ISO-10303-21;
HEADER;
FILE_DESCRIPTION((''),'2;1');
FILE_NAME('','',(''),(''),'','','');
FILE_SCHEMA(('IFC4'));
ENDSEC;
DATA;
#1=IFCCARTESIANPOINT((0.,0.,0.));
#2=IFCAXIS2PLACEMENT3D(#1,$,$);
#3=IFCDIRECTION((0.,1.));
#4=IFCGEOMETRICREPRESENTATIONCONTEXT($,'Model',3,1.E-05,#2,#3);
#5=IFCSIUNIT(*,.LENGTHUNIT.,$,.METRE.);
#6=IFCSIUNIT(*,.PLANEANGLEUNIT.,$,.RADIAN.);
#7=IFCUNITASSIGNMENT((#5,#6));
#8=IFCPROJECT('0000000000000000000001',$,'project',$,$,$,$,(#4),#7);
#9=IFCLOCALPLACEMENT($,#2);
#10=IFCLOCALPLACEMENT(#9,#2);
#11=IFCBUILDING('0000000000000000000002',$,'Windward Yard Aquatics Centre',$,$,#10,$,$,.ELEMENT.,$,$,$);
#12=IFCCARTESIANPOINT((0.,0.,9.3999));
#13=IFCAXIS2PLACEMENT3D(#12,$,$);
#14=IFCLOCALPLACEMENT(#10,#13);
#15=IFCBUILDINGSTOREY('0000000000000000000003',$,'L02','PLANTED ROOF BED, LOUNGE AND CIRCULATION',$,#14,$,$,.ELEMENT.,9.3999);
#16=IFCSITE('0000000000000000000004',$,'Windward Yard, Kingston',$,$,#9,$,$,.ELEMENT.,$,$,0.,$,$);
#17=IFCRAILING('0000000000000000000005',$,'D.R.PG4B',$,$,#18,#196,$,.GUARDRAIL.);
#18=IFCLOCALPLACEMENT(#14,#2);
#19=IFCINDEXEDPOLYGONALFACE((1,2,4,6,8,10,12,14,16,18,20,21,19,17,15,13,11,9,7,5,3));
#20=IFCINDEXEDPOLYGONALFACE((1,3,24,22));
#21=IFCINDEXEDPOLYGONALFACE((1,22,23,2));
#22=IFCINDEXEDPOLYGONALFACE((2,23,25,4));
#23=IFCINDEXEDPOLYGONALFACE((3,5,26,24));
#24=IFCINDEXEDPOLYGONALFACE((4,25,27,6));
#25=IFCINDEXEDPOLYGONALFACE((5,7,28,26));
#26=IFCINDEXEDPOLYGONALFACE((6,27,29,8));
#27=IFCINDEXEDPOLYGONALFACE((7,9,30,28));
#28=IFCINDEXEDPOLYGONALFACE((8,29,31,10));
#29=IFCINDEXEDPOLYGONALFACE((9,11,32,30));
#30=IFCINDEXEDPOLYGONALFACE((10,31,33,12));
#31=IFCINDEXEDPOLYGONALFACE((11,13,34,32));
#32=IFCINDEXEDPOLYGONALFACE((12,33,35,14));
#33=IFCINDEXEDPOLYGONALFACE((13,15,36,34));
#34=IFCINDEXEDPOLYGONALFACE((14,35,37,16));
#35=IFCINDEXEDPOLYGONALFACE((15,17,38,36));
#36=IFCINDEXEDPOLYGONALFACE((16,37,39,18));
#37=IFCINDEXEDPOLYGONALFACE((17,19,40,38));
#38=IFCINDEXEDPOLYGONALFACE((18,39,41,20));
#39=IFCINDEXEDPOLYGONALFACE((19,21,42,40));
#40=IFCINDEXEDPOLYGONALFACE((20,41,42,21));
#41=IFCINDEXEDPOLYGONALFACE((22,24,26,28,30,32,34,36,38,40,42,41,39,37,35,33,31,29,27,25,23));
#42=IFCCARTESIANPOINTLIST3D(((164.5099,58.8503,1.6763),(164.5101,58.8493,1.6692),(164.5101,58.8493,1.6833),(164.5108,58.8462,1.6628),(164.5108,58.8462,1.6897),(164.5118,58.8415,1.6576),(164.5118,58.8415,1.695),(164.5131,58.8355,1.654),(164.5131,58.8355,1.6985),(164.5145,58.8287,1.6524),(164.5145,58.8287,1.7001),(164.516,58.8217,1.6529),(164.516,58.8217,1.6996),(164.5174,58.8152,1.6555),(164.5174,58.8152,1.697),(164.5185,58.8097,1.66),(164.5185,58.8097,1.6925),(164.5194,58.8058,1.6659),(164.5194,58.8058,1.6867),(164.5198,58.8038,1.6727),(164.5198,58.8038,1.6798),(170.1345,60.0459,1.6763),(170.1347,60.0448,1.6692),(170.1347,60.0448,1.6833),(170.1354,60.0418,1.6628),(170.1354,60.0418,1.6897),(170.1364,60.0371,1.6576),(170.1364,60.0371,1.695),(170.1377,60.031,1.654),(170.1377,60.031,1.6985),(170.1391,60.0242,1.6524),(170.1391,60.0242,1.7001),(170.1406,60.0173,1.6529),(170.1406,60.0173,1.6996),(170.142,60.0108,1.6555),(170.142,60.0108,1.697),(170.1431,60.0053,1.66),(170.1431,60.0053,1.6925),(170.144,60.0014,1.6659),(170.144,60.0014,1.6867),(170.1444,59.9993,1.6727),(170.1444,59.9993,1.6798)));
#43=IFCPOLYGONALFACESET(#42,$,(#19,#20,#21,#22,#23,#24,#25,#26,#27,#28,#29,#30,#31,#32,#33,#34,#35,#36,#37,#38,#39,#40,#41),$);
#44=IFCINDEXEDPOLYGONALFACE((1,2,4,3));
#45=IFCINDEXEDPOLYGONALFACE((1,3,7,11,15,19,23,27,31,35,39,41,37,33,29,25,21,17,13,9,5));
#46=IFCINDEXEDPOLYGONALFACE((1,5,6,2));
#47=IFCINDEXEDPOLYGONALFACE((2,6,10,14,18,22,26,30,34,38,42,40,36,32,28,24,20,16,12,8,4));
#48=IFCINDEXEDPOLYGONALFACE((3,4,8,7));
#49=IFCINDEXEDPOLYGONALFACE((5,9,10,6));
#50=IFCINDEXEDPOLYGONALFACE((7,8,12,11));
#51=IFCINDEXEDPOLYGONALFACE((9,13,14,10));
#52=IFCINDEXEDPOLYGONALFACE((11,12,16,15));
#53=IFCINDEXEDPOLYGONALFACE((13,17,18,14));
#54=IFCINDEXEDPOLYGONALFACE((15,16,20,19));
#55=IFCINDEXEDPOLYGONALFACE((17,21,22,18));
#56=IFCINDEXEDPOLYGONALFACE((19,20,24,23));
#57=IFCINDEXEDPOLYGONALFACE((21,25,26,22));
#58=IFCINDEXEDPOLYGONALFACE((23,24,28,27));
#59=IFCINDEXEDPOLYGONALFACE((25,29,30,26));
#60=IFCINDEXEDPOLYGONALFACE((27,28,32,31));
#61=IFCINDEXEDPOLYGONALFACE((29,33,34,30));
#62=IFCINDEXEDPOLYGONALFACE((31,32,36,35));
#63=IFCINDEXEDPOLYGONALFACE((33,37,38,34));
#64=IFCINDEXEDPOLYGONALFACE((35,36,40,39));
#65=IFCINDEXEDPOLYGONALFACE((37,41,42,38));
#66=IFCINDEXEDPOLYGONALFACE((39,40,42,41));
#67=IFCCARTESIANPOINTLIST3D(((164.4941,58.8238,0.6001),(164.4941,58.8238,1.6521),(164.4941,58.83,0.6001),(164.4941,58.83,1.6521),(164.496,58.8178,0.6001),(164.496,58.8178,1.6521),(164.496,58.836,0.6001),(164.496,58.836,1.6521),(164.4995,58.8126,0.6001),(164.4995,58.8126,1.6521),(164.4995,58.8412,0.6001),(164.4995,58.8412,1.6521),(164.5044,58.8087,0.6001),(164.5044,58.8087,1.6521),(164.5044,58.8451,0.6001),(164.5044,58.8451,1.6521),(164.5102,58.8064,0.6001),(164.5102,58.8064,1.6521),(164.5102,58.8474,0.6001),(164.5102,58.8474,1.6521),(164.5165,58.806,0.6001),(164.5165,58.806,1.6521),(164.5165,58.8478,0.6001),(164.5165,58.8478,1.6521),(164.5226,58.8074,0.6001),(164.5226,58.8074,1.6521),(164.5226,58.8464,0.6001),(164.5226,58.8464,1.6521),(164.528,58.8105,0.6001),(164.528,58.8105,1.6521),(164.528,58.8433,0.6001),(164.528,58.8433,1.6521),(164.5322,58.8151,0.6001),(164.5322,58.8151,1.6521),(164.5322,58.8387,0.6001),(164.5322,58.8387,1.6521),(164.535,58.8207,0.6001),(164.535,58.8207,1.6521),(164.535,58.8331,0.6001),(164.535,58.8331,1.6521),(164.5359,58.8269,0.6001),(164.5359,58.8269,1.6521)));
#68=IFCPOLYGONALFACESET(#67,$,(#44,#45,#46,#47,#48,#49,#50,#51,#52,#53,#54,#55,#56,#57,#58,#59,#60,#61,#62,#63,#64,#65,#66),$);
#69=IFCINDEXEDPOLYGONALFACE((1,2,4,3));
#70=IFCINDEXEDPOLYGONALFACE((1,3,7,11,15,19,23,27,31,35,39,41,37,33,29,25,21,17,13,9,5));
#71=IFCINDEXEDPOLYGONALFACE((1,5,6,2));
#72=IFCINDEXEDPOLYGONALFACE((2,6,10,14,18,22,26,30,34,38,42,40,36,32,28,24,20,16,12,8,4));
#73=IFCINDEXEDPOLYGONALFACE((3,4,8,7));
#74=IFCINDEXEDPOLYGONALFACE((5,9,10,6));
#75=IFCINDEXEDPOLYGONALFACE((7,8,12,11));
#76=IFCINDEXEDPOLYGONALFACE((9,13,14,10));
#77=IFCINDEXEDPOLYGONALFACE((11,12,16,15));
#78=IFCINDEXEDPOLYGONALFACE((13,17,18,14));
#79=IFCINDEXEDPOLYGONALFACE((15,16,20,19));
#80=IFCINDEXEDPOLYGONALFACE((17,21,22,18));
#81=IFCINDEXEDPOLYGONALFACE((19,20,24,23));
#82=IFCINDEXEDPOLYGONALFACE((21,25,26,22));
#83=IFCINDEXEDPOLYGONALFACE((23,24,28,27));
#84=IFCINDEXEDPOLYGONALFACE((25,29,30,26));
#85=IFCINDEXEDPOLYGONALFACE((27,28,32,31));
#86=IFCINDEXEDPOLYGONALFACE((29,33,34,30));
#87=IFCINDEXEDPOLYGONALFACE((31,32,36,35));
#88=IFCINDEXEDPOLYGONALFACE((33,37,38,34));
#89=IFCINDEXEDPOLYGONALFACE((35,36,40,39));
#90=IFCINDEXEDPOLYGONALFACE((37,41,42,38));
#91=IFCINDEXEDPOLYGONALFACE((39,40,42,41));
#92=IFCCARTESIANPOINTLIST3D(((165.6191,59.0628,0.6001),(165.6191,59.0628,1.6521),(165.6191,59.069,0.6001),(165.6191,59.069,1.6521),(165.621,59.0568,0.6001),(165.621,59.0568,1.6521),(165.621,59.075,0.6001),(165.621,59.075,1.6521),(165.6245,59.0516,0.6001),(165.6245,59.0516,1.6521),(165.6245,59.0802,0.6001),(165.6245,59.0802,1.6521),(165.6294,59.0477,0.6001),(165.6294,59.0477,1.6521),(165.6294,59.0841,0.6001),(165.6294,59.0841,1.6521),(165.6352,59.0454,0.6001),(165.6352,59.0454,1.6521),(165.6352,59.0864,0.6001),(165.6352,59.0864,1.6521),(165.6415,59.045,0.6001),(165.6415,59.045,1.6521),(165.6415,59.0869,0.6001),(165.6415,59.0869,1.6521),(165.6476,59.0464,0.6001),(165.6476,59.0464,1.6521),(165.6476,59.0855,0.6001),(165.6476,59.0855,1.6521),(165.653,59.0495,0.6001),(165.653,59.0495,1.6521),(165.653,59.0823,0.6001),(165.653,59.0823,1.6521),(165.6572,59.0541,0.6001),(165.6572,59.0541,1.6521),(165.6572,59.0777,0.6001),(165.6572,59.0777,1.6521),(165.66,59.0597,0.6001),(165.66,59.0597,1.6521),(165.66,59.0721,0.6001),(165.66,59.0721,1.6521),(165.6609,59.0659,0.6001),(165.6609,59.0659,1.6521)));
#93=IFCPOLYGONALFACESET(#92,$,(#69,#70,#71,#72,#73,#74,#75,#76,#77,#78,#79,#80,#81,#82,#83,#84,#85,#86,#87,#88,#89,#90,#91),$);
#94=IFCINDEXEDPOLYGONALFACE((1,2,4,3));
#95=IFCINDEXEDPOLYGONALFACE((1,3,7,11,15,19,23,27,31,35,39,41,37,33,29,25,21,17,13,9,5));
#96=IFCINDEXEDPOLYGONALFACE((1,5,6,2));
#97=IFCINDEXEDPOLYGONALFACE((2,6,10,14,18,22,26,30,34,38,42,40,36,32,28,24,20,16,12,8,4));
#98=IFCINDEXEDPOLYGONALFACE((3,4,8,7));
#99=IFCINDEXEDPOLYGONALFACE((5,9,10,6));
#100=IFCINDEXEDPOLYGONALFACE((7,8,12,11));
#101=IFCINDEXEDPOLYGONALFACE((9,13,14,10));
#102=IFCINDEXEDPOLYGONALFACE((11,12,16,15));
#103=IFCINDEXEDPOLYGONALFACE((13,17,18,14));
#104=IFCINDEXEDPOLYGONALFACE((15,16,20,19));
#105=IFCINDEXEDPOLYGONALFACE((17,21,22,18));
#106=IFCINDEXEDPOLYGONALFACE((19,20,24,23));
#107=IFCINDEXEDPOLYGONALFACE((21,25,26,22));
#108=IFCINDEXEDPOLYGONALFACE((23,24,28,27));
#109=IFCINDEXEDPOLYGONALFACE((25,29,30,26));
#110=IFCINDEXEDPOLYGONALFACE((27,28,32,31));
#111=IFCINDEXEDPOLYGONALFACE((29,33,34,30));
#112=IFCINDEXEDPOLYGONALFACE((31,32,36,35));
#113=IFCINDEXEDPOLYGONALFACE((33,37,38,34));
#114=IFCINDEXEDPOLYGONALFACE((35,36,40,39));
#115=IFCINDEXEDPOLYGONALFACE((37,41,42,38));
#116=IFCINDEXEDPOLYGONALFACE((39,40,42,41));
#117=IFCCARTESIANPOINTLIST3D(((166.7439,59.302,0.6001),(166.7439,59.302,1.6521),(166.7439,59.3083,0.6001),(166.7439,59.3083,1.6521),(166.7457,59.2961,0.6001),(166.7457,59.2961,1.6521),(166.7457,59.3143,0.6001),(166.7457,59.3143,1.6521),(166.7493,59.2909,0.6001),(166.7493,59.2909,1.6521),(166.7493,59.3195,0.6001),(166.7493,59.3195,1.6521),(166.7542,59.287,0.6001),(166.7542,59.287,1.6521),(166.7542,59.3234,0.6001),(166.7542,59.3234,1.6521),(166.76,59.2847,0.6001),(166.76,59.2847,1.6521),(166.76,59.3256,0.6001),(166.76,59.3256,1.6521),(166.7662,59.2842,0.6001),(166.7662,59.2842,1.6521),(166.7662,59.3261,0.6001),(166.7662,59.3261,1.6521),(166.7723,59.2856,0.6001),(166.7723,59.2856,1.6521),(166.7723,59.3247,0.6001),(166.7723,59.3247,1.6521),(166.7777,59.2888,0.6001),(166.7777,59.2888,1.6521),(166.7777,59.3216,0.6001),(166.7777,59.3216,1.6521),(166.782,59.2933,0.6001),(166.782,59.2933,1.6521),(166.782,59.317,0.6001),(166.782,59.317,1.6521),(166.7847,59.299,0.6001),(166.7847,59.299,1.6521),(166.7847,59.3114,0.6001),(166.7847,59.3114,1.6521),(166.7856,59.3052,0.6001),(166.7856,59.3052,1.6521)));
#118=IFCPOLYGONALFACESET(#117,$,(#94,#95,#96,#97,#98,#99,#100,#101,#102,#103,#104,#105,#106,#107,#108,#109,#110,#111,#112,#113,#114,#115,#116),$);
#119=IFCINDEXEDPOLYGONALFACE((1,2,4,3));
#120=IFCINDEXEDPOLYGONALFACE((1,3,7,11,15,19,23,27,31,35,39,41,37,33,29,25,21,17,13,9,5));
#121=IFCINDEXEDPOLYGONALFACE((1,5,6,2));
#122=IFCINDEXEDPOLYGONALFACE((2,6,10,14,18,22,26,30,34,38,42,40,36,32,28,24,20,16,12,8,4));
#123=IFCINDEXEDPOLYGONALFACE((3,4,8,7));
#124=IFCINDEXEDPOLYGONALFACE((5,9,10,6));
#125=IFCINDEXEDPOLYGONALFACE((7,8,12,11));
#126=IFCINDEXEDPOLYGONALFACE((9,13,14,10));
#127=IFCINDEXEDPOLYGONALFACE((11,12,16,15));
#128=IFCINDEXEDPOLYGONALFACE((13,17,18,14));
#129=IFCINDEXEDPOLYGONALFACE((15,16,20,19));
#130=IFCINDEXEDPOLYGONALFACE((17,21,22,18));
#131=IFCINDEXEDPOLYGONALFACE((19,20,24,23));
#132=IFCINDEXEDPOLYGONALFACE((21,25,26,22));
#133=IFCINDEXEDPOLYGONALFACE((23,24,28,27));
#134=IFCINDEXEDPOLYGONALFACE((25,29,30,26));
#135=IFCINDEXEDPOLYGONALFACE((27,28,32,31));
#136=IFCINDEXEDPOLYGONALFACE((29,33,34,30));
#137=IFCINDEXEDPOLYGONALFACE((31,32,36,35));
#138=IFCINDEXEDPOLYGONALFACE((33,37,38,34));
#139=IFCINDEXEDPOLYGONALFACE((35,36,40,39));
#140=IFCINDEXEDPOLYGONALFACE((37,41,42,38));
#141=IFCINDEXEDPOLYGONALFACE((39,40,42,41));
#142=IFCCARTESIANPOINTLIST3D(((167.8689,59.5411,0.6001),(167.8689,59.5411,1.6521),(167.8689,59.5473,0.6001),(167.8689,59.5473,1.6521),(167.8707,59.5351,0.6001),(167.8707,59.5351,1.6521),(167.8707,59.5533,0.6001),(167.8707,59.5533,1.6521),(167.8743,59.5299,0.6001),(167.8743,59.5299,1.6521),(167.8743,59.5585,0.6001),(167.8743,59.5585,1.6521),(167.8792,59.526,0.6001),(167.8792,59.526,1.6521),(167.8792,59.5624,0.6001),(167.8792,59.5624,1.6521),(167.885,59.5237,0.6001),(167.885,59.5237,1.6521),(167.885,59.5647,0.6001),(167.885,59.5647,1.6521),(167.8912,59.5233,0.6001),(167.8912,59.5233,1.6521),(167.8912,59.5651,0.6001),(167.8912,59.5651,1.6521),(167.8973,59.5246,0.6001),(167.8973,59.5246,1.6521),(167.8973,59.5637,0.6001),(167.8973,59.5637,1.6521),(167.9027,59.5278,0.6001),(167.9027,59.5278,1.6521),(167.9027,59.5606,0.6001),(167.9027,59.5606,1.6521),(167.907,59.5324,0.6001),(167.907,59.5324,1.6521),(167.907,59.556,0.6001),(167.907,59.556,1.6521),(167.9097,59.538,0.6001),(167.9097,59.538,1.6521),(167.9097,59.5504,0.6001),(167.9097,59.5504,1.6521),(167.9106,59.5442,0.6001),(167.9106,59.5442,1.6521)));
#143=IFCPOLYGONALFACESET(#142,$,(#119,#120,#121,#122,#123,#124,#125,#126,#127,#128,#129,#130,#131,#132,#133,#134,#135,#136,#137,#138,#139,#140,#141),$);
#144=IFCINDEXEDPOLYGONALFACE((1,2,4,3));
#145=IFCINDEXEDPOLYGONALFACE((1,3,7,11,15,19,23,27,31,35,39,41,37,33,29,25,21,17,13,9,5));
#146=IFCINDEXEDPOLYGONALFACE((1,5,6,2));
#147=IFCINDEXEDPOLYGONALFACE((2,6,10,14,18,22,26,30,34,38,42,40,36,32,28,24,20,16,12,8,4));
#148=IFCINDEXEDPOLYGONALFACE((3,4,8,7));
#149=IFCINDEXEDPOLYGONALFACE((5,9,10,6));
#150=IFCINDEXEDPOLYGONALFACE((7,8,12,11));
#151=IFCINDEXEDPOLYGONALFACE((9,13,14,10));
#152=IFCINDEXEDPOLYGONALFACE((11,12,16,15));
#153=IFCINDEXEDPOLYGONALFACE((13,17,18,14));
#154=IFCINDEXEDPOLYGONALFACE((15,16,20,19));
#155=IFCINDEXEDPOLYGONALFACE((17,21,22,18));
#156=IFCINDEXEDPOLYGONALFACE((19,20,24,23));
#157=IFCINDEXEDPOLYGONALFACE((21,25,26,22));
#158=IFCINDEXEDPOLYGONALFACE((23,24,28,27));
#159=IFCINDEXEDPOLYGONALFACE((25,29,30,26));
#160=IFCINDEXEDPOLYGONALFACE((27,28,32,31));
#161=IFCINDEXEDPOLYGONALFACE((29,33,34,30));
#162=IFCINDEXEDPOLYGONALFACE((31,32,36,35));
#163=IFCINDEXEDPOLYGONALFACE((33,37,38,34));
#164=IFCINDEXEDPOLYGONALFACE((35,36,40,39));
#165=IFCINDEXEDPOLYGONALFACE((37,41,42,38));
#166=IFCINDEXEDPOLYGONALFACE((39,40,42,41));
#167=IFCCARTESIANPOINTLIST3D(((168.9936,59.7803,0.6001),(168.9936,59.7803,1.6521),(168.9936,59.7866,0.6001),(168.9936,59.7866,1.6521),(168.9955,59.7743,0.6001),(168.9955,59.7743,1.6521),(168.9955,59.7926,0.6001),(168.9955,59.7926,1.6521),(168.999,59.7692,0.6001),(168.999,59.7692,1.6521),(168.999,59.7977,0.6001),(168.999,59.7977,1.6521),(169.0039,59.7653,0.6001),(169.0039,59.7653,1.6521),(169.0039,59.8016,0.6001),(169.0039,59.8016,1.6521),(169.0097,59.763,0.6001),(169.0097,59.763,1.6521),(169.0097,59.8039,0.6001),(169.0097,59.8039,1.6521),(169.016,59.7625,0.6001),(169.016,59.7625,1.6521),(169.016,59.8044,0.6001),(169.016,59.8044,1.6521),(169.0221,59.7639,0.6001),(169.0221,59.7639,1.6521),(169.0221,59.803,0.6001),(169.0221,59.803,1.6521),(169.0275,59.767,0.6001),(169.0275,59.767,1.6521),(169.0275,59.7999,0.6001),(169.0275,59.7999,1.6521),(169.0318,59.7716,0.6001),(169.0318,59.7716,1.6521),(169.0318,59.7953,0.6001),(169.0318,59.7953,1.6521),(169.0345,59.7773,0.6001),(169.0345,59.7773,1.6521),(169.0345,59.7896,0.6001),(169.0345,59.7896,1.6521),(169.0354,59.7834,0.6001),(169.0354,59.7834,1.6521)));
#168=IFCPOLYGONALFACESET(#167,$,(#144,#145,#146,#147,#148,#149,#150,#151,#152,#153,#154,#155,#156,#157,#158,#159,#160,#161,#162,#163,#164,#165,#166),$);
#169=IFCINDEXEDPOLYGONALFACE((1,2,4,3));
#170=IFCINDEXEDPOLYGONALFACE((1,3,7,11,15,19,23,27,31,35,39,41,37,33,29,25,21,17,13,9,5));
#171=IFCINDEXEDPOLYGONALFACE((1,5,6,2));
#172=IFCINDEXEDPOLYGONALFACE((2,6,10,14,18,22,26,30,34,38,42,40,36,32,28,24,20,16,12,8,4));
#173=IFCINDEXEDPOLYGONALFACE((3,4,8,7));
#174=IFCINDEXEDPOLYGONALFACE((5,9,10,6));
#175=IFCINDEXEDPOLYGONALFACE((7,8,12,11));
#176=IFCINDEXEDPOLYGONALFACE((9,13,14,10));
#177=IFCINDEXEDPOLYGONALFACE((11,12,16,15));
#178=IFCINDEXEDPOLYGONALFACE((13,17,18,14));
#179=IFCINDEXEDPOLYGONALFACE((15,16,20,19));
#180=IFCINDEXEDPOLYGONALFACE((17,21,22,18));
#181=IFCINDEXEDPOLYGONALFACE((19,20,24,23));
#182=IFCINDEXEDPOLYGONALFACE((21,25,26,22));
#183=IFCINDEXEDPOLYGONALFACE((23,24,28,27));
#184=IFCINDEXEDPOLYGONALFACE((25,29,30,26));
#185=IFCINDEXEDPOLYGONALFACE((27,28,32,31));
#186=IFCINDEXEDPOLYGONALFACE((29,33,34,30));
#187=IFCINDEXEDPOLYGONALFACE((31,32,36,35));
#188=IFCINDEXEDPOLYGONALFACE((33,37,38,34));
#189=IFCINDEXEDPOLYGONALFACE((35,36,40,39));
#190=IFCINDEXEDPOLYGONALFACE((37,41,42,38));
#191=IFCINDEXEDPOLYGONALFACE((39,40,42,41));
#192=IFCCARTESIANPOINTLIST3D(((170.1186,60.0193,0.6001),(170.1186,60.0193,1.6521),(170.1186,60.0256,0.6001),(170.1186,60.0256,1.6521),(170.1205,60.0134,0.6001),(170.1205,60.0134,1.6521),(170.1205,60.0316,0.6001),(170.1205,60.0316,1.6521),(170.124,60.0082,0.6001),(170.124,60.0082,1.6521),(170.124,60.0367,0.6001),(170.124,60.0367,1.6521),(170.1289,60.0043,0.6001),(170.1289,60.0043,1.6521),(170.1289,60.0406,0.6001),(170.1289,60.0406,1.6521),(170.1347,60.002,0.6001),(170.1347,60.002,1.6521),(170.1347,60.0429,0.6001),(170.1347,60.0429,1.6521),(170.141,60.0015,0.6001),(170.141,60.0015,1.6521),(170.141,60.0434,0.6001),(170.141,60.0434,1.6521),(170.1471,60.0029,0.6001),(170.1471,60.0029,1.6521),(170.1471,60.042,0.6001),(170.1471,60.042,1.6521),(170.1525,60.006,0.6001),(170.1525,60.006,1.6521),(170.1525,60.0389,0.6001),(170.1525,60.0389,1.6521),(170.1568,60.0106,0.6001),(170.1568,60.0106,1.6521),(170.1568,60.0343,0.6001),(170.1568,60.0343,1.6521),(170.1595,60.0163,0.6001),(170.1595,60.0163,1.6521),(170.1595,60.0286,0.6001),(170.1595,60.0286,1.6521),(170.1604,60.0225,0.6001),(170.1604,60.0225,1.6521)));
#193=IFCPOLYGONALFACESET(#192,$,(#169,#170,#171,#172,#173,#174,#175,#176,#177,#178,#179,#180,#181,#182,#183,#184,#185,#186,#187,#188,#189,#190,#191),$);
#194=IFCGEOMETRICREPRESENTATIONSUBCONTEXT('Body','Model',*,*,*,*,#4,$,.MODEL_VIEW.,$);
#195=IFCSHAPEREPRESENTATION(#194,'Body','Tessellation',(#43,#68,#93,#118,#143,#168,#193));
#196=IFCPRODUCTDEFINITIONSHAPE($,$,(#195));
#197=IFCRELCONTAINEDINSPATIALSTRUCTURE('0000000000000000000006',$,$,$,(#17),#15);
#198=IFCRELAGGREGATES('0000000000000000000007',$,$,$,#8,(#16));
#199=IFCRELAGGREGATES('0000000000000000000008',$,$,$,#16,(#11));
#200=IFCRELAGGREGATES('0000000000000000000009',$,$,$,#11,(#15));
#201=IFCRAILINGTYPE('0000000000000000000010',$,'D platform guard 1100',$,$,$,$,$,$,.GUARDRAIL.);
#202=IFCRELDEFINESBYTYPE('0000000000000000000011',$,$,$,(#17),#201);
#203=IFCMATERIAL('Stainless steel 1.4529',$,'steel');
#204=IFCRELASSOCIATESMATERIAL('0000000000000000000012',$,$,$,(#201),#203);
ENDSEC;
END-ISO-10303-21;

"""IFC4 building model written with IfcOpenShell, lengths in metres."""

from ifc_helpers import new_model, si_unit, direction, frame, origin, origin_2d, place, context, subcontext, project, spatial, circle, extrude, material, type_object, element, save


model = new_model("IFC4")

# Units and contexts
model_context = context("Model", 3, precision=1e-05, world=origin(), true_north=direction((0.0, 1.0)))
body_context = subcontext(model_context, "Body", "Model", "MODEL_VIEW")
ifc_project = project(units=[si_unit("LENGTHUNIT", "METRE"), si_unit("PLANEANGLEUNIT", "RADIAN")], contexts=[model_context])

# Site, building, storey
site_placement = place(None, origin())
site = spatial("IfcSite", under=ifc_project, at=site_placement, Name="Windward Yard, Kingston", CompositionType="ELEMENT", RefElevation=0.0)
building_placement = place(site_placement, origin())
building = spatial("IfcBuilding", under=site, at=building_placement, Name="Windward Yard Aquatics Centre", CompositionType="ELEMENT")
storey_placement = place(building_placement, frame((0.0, 0.0, 9.3999)))
storey = spatial("IfcBuildingStorey", under=building, at=storey_placement, Name="L02", Description="PLANTED ROOF BED, LOUNGE AND CIRCULATION", CompositionType="ELEMENT", Elevation=9.3999)

# Railing
ifc_material_1 = material(Name="Stainless steel 1.4529", Category="steel")
railing_type = type_object("IfcRailingType", Name="D platform guard 1100", PredefinedType="GUARDRAIL", material=ifc_material_1)
railing_1_placement = place(storey_placement, frame((164.5149, 58.8269, 0.6001)))
element("IfcRailing", 1, at=railing_1_placement, inside=storey, type_object=railing_type, Name="D.R.PG4B", PredefinedType="GUARDRAIL", context=body_context, shape_type="SweptSolid", body=[
    extrude(circle(Radius=0.0239, at=origin_2d()), frame((0.0, 0.0, 1.0762), z_axis=(0.978147, 0.207917, 0.0), x_axis=(-0.207917, 0.978147, 0.0)), (0.0, 0.0, 1.0), 5.7502),
    extrude(circle(Radius=0.021, at=origin_2d()), origin(), (0.0, 0.0, 1.0), 1.052),
    extrude(circle(Radius=0.021, at=origin_2d()), frame((1.125, 0.239, 0.0)), (0.0, 0.0, 1.0), 1.052),
    extrude(circle(Radius=0.021, at=origin_2d()), frame((2.2498, 0.4783, 0.0)), (0.0, 0.0, 1.0), 1.052),
    extrude(circle(Radius=0.021, at=origin_2d()), frame((3.3748, 0.7173, 0.0)), (0.0, 0.0, 1.0), 1.052),
    extrude(circle(Radius=0.021, at=origin_2d()), frame((4.4995, 0.9565, 0.0)), (0.0, 0.0, 1.0), 1.052),
    extrude(circle(Radius=0.021, at=origin_2d()), frame((5.6245, 1.1956, 0.0)), (0.0, 0.0, 1.0), 1.052),
])

save(model, "model.ifc")
